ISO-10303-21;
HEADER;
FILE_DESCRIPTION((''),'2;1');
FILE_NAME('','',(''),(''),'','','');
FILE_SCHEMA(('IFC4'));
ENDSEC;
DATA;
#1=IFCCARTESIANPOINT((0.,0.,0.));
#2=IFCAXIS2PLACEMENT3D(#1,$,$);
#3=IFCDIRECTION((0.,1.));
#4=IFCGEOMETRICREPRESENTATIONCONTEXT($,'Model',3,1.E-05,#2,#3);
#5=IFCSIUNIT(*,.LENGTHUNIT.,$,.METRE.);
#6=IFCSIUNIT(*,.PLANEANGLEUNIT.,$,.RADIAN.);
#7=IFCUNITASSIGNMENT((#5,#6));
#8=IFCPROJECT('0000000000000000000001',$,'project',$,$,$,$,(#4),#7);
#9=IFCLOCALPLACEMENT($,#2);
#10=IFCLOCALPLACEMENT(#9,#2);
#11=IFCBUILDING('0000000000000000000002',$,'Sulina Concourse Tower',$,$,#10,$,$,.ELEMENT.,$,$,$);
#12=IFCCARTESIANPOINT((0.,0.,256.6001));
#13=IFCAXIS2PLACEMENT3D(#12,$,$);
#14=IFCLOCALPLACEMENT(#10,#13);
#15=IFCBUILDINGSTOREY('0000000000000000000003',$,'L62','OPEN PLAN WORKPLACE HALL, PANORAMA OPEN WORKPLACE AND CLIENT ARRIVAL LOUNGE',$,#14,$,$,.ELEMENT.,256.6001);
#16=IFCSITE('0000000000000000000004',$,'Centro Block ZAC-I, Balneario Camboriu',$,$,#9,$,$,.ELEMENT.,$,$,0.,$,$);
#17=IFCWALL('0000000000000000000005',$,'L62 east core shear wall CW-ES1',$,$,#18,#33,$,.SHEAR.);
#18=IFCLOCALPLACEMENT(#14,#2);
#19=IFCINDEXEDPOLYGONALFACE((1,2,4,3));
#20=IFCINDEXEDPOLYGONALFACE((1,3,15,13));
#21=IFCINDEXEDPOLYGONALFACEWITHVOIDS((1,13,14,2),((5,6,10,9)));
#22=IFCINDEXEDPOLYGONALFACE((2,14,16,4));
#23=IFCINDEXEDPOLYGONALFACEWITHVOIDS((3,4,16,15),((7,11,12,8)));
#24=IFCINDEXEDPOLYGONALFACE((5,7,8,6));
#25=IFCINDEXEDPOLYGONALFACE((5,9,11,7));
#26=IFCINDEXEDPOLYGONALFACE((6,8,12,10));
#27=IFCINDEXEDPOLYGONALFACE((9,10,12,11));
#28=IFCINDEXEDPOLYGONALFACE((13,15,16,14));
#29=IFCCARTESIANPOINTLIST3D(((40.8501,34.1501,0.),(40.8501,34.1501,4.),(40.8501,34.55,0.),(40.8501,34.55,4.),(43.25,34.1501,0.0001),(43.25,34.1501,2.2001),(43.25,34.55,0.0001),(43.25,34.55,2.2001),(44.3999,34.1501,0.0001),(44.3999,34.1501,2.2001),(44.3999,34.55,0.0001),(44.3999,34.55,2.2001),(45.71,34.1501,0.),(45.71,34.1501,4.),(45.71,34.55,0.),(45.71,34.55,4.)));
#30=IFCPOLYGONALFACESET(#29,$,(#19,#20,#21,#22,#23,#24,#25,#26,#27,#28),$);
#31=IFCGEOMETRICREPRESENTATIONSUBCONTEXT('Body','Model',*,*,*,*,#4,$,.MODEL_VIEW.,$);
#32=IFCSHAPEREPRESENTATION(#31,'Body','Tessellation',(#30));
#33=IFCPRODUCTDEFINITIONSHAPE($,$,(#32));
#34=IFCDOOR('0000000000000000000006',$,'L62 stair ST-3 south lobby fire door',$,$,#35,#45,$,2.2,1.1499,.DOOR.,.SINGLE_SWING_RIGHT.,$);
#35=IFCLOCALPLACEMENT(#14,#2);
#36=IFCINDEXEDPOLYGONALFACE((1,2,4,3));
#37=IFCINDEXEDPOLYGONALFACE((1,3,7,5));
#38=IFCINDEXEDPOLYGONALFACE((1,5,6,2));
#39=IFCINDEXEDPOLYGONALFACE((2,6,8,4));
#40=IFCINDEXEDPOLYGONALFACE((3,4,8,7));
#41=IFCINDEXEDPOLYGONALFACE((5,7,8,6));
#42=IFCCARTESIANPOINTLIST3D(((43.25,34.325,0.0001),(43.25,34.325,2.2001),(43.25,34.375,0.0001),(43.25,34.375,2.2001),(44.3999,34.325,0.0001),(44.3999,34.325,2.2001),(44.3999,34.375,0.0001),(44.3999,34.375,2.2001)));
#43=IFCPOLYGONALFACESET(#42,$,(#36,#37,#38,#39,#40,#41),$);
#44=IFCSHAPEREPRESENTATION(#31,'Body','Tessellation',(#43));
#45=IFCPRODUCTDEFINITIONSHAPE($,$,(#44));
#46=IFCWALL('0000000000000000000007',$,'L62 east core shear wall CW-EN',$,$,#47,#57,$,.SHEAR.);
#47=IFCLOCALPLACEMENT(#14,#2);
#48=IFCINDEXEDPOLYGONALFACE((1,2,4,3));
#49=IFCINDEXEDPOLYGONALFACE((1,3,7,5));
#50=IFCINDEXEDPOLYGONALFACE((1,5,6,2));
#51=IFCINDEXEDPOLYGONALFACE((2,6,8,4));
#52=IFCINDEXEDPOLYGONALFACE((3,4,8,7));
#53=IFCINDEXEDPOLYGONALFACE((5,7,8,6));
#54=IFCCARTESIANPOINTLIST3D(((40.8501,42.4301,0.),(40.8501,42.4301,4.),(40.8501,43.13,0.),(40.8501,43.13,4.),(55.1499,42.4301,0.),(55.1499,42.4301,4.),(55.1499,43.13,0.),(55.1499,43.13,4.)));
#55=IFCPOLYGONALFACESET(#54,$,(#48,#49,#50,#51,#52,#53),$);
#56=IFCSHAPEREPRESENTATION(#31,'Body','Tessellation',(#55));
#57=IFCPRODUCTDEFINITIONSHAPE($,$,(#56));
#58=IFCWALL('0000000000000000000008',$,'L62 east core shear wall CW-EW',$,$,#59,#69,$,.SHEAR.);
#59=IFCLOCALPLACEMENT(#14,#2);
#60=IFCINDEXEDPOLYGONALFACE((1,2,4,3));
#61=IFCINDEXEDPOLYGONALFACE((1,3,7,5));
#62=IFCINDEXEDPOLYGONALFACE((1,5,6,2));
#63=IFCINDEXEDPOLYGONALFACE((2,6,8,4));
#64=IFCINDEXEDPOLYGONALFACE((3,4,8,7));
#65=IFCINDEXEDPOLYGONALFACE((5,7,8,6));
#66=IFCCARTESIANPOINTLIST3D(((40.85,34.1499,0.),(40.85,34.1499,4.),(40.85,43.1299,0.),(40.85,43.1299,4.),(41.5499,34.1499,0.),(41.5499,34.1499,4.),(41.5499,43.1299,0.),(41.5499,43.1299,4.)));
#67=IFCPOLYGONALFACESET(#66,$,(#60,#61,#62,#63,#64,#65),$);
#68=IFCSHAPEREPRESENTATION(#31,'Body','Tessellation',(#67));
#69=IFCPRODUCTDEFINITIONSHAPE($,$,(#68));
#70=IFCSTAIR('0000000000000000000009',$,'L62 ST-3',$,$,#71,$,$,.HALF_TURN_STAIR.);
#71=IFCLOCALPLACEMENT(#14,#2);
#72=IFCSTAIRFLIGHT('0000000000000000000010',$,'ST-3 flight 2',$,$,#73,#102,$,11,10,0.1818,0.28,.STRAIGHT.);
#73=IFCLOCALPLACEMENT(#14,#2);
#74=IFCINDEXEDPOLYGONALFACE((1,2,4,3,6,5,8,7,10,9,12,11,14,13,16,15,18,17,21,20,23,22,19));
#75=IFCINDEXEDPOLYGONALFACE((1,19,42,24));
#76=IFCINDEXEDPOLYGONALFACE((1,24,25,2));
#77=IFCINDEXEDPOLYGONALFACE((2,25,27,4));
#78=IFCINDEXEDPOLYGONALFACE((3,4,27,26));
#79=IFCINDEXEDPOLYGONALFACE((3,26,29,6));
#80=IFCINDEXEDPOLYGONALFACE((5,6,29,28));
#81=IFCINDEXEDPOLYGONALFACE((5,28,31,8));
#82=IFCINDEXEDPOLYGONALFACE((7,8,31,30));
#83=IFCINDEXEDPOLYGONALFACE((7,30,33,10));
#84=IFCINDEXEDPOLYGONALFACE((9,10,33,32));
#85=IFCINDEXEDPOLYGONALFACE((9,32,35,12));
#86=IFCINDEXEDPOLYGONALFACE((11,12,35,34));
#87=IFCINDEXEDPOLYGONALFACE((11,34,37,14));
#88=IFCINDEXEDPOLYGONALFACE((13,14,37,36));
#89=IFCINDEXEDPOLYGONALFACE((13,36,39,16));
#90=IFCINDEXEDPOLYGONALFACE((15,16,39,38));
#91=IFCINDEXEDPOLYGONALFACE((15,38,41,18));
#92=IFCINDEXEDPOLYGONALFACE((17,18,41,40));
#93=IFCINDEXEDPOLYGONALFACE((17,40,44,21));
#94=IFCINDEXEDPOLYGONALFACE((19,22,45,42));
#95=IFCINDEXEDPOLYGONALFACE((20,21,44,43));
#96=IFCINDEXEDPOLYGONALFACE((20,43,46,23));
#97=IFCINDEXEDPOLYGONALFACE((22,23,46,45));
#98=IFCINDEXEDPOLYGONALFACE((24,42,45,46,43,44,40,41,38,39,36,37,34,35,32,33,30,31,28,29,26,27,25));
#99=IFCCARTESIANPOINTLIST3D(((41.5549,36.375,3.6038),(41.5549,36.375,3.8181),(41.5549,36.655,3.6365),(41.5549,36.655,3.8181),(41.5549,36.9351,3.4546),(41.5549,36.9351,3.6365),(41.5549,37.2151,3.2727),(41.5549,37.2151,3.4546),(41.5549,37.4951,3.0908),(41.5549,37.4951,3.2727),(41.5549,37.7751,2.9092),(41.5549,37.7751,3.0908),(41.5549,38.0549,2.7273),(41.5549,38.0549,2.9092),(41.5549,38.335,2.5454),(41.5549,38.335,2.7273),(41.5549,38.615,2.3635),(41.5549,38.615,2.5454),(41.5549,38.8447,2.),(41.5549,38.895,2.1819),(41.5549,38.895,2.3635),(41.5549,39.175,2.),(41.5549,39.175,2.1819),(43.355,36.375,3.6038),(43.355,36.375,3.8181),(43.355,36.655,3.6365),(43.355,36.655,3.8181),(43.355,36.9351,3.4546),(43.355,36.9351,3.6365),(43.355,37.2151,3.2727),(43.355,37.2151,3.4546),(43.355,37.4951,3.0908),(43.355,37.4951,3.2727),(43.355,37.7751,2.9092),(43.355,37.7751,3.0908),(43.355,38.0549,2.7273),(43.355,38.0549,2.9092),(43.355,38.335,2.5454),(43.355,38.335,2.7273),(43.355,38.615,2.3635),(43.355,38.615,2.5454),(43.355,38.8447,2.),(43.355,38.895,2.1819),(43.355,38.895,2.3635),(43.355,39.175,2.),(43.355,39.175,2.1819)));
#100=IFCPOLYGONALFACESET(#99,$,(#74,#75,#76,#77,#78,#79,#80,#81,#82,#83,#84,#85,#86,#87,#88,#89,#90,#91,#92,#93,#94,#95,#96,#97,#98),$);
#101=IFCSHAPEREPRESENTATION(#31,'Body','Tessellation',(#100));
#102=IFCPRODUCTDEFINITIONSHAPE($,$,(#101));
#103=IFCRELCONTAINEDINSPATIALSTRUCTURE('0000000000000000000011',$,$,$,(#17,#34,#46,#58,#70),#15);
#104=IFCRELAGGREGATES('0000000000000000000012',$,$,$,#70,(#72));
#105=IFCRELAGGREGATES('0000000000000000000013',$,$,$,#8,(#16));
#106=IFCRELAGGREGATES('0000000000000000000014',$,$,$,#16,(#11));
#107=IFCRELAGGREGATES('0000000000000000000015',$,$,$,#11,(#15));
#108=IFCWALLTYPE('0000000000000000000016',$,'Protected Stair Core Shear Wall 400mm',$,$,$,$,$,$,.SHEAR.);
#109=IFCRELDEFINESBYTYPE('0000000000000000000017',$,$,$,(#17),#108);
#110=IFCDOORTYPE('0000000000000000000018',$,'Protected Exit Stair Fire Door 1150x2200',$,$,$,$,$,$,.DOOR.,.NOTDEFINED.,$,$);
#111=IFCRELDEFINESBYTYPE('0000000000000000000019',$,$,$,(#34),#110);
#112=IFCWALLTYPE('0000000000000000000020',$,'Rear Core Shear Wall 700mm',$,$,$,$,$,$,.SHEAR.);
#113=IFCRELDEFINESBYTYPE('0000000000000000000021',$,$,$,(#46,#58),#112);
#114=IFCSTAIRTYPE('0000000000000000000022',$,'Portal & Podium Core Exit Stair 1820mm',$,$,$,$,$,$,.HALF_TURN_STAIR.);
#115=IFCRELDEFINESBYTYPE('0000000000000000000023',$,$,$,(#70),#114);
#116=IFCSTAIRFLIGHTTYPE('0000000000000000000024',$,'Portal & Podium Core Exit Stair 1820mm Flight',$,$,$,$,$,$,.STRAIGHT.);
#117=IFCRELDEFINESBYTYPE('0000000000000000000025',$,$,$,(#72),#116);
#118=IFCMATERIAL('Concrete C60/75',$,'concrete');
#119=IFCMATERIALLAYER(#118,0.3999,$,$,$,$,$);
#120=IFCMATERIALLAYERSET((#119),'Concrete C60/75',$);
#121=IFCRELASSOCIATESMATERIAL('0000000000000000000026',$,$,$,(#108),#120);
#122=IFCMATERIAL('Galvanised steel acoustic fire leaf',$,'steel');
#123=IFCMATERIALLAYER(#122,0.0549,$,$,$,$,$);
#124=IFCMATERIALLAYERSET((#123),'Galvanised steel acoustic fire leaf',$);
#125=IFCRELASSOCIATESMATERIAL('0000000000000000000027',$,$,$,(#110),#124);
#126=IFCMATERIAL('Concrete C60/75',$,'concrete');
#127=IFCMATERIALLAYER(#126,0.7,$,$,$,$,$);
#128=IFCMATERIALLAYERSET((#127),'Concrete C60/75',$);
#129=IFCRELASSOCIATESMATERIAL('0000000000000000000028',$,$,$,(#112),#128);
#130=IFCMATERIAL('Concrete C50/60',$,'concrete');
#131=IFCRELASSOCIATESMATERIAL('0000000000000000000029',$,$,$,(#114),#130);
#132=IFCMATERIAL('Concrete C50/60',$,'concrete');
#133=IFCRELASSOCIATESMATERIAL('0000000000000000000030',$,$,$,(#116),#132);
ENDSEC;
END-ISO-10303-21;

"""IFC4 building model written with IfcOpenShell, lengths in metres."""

from ifc_helpers import new_model, si_unit, direction, frame, frame_2d, origin, place, context, subcontext, project, spatial, polyline, rectangle, outline, extrude, material, layer, layer_set, type_object, element, fill, aggregate, save


model = new_model("IFC4")

# Units and contexts
model_context = context("Model", 3, precision=1e-05, world=origin(), true_north=direction((0.0, 1.0)))
body_context = subcontext(model_context, "Body", "Model", "MODEL_VIEW")
ifc_project = project(units=[si_unit("LENGTHUNIT", "METRE"), si_unit("PLANEANGLEUNIT", "RADIAN")], contexts=[model_context])

# Site, building, storey
site_placement = place(None, origin())
site = spatial("IfcSite", under=ifc_project, at=site_placement, Name="Centro Block ZAC-I, Balneario Camboriu", CompositionType="ELEMENT", RefElevation=0.0)
building_placement = place(site_placement, origin())
building = spatial("IfcBuilding", under=site, at=building_placement, Name="Sulina Concourse Tower", CompositionType="ELEMENT")
storey_placement = place(building_placement, frame((0.0, 0.0, 256.6001)))
storey = spatial("IfcBuildingStorey", under=building, at=storey_placement, Name="L62", Description="OPEN PLAN WORKPLACE HALL, PANORAMA OPEN WORKPLACE AND CLIENT ARRIVAL LOUNGE", CompositionType="ELEMENT", Elevation=256.6001)

# Wall, opening, door
ifc_material_1 = material(Name="Concrete C60/75", Category="concrete")
ifc_layer_1 = layer(ifc_material_1, 0.3999)
ifc_layer_set_1 = layer_set([ifc_layer_1], Name="Concrete C60/75")
wall_type_1 = type_object("IfcWallType", Name="Protected Stair Core Shear Wall 400mm", PredefinedType="SHEAR", material=ifc_layer_set_1)
wall_1_placement = place(storey_placement, frame((40.8501, 34.3501, 0.0), z_axis=(0.0, 0.0, 1.0), x_axis=(1.0, 0.0, 0.0)))
wall_1 = element("IfcWall", 1, at=wall_1_placement, inside=storey, type_object=wall_type_1, Name="L62 east core shear wall CW-ES1", PredefinedType="SHEAR", context=body_context, shape_type="SweptSolid", body=[
    extrude(rectangle(XDim=4.8599, YDim=0.3999, at=frame_2d((2.4299, 0.0))), origin(), (0.0, 0.0, 1.0), 4.0),
])
opening_placement = place(wall_1_placement, frame((2.3999, 0.0, 0.0)))
opening = element("IfcOpeningElement", 2, at=opening_placement, cuts=wall_1, PredefinedType="OPENING", context=body_context, shape_type="SweptSolid", body=[
    extrude(rectangle(XDim=1.1499, YDim=2.2, at=frame_2d((0.575, 1.1001))), frame((0.0, 0.21, 0.0), z_axis=(0.0, -1.0, 0.0), x_axis=(1.0, 0.0, 0.0)), (0.0, 0.0, 1.0), 0.4199),
])
ifc_material_2 = material(Name="Galvanised steel acoustic fire leaf", Category="steel")
ifc_layer_2 = layer(ifc_material_2, 0.0549)
ifc_layer_set_2 = layer_set([ifc_layer_2], Name="Galvanised steel acoustic fire leaf")
door_type = type_object("IfcDoorType", Name="Protected Exit Stair Fire Door 1150x2200", OperationType="NOTDEFINED", PredefinedType="DOOR", material=ifc_layer_set_2)
door_placement = place(opening_placement, origin())
door = element("IfcDoor", 3, at=door_placement, inside=storey, type_object=door_type, Name="L62 stair ST-3 south lobby fire door", OperationType="SINGLE_SWING_RIGHT", OverallHeight=2.2, OverallWidth=1.1499, PredefinedType="DOOR", context=body_context, shape_type="SweptSolid", body=[
    extrude(rectangle(XDim=1.1499, YDim=2.2, at=frame_2d((0.575, 1.1001))), frame((0.0, 0.0249, 0.0), z_axis=(0.0, -1.0, 0.0), x_axis=(1.0, 0.0, 0.0)), (0.0, 0.0, 1.0), 0.05),
])
fill(opening, door)

# Walls
ifc_material_3 = material(Name="Concrete C60/75", Category="concrete")
ifc_layer_3 = layer(ifc_material_3, 0.7)
ifc_layer_set_3 = layer_set([ifc_layer_3], Name="Concrete C60/75")
wall_type_2 = type_object("IfcWallType", Name="Rear Core Shear Wall 700mm", PredefinedType="SHEAR", material=ifc_layer_set_3)
wall_2_placement = place(storey_placement, frame((40.8501, 42.78, 0.0), z_axis=(0.0, 0.0, 1.0), x_axis=(1.0, 0.0, 0.0)))
element("IfcWall", 4, at=wall_2_placement, inside=storey, type_object=wall_type_2, Name="L62 east core shear wall CW-EN", PredefinedType="SHEAR", context=body_context, shape_type="SweptSolid", body=[
    extrude(rectangle(XDim=14.2998, YDim=0.7, at=frame_2d((7.1499, 0.0))), origin(), (0.0, 0.0, 1.0), 4.0),
])
wall_3_placement = place(storey_placement, frame((41.2, 34.1499, 0.0), z_axis=(0.0, 0.0, 1.0), x_axis=(0.0, 1.0, 0.0)))
element("IfcWall", 5, at=wall_3_placement, inside=storey, type_object=wall_type_2, Name="L62 east core shear wall CW-EW", PredefinedType="SHEAR", context=body_context, shape_type="SweptSolid", body=[
    extrude(rectangle(XDim=8.98, YDim=0.7, at=frame_2d((4.49, 0.0))), origin(), (0.0, 0.0, 1.0), 4.0),
])

# Stair, stair flight
ifc_material_4 = material(Name="Concrete C50/60", Category="concrete")
stair_type = type_object("IfcStairType", Name="Portal & Podium Core Exit Stair 1820mm", PredefinedType="HALF_TURN_STAIR", material=ifc_material_4)
stair_placement = place(storey_placement, origin())
stair = element("IfcStair", 6, at=stair_placement, inside=storey, type_object=stair_type, Name="L62 ST-3", PredefinedType="HALF_TURN_STAIR")
ifc_material_5 = material(Name="Concrete C50/60", Category="concrete")
stair_flight_type = type_object("IfcStairFlightType", Name="Portal & Podium Core Exit Stair 1820mm Flight", PredefinedType="STRAIGHT", material=ifc_material_5)
stair_flight_placement = place(storey_placement, frame((42.4551, 39.175, 2.0), z_axis=(0.0, 0.0, 1.0), x_axis=(0.0, -1.0, 0.0)))
stair_flight = element("IfcStairFlight", 7, at=stair_flight_placement, type_object=stair_flight_type, Name="ST-3 flight 2", NumberOfRisers=11, NumberOfTreads=10, PredefinedType="STRAIGHT", RiserHeight=0.1818, TreadLength=0.28, context=body_context, shape_type="SweptSolid", body=[
    extrude(outline(polyline([(0.0, 0.0), (0.0, 0.1819), (0.28, 0.1819), (0.28, 0.3635), (0.5601, 0.3635), (0.5601, 0.5454), (0.8401, 0.5454), (0.8401, 0.7273), (1.1201, 0.7273), (1.1201, 0.9092), (1.3999, 0.9092), (1.3999, 1.0908), (1.6799, 1.0908), (1.6799, 1.2727), (1.96, 1.2727), (1.96, 1.4546), (2.24, 1.4546), (2.24, 1.6365), (2.52, 1.6365), (2.52, 1.8181), (2.8, 1.8181), (2.8, 2.0), (2.8, 1.6038), (0.3303, 0.0), (0.0, 0.0)])), frame((0.0, 0.8999, 0.0), z_axis=(0.0, -1.0, 0.0), x_axis=(1.0, 0.0, 0.0)), (0.0, 0.0, 1.0), 1.8),
])
aggregate(stair, [stair_flight])

save(model, "model.ifc")
